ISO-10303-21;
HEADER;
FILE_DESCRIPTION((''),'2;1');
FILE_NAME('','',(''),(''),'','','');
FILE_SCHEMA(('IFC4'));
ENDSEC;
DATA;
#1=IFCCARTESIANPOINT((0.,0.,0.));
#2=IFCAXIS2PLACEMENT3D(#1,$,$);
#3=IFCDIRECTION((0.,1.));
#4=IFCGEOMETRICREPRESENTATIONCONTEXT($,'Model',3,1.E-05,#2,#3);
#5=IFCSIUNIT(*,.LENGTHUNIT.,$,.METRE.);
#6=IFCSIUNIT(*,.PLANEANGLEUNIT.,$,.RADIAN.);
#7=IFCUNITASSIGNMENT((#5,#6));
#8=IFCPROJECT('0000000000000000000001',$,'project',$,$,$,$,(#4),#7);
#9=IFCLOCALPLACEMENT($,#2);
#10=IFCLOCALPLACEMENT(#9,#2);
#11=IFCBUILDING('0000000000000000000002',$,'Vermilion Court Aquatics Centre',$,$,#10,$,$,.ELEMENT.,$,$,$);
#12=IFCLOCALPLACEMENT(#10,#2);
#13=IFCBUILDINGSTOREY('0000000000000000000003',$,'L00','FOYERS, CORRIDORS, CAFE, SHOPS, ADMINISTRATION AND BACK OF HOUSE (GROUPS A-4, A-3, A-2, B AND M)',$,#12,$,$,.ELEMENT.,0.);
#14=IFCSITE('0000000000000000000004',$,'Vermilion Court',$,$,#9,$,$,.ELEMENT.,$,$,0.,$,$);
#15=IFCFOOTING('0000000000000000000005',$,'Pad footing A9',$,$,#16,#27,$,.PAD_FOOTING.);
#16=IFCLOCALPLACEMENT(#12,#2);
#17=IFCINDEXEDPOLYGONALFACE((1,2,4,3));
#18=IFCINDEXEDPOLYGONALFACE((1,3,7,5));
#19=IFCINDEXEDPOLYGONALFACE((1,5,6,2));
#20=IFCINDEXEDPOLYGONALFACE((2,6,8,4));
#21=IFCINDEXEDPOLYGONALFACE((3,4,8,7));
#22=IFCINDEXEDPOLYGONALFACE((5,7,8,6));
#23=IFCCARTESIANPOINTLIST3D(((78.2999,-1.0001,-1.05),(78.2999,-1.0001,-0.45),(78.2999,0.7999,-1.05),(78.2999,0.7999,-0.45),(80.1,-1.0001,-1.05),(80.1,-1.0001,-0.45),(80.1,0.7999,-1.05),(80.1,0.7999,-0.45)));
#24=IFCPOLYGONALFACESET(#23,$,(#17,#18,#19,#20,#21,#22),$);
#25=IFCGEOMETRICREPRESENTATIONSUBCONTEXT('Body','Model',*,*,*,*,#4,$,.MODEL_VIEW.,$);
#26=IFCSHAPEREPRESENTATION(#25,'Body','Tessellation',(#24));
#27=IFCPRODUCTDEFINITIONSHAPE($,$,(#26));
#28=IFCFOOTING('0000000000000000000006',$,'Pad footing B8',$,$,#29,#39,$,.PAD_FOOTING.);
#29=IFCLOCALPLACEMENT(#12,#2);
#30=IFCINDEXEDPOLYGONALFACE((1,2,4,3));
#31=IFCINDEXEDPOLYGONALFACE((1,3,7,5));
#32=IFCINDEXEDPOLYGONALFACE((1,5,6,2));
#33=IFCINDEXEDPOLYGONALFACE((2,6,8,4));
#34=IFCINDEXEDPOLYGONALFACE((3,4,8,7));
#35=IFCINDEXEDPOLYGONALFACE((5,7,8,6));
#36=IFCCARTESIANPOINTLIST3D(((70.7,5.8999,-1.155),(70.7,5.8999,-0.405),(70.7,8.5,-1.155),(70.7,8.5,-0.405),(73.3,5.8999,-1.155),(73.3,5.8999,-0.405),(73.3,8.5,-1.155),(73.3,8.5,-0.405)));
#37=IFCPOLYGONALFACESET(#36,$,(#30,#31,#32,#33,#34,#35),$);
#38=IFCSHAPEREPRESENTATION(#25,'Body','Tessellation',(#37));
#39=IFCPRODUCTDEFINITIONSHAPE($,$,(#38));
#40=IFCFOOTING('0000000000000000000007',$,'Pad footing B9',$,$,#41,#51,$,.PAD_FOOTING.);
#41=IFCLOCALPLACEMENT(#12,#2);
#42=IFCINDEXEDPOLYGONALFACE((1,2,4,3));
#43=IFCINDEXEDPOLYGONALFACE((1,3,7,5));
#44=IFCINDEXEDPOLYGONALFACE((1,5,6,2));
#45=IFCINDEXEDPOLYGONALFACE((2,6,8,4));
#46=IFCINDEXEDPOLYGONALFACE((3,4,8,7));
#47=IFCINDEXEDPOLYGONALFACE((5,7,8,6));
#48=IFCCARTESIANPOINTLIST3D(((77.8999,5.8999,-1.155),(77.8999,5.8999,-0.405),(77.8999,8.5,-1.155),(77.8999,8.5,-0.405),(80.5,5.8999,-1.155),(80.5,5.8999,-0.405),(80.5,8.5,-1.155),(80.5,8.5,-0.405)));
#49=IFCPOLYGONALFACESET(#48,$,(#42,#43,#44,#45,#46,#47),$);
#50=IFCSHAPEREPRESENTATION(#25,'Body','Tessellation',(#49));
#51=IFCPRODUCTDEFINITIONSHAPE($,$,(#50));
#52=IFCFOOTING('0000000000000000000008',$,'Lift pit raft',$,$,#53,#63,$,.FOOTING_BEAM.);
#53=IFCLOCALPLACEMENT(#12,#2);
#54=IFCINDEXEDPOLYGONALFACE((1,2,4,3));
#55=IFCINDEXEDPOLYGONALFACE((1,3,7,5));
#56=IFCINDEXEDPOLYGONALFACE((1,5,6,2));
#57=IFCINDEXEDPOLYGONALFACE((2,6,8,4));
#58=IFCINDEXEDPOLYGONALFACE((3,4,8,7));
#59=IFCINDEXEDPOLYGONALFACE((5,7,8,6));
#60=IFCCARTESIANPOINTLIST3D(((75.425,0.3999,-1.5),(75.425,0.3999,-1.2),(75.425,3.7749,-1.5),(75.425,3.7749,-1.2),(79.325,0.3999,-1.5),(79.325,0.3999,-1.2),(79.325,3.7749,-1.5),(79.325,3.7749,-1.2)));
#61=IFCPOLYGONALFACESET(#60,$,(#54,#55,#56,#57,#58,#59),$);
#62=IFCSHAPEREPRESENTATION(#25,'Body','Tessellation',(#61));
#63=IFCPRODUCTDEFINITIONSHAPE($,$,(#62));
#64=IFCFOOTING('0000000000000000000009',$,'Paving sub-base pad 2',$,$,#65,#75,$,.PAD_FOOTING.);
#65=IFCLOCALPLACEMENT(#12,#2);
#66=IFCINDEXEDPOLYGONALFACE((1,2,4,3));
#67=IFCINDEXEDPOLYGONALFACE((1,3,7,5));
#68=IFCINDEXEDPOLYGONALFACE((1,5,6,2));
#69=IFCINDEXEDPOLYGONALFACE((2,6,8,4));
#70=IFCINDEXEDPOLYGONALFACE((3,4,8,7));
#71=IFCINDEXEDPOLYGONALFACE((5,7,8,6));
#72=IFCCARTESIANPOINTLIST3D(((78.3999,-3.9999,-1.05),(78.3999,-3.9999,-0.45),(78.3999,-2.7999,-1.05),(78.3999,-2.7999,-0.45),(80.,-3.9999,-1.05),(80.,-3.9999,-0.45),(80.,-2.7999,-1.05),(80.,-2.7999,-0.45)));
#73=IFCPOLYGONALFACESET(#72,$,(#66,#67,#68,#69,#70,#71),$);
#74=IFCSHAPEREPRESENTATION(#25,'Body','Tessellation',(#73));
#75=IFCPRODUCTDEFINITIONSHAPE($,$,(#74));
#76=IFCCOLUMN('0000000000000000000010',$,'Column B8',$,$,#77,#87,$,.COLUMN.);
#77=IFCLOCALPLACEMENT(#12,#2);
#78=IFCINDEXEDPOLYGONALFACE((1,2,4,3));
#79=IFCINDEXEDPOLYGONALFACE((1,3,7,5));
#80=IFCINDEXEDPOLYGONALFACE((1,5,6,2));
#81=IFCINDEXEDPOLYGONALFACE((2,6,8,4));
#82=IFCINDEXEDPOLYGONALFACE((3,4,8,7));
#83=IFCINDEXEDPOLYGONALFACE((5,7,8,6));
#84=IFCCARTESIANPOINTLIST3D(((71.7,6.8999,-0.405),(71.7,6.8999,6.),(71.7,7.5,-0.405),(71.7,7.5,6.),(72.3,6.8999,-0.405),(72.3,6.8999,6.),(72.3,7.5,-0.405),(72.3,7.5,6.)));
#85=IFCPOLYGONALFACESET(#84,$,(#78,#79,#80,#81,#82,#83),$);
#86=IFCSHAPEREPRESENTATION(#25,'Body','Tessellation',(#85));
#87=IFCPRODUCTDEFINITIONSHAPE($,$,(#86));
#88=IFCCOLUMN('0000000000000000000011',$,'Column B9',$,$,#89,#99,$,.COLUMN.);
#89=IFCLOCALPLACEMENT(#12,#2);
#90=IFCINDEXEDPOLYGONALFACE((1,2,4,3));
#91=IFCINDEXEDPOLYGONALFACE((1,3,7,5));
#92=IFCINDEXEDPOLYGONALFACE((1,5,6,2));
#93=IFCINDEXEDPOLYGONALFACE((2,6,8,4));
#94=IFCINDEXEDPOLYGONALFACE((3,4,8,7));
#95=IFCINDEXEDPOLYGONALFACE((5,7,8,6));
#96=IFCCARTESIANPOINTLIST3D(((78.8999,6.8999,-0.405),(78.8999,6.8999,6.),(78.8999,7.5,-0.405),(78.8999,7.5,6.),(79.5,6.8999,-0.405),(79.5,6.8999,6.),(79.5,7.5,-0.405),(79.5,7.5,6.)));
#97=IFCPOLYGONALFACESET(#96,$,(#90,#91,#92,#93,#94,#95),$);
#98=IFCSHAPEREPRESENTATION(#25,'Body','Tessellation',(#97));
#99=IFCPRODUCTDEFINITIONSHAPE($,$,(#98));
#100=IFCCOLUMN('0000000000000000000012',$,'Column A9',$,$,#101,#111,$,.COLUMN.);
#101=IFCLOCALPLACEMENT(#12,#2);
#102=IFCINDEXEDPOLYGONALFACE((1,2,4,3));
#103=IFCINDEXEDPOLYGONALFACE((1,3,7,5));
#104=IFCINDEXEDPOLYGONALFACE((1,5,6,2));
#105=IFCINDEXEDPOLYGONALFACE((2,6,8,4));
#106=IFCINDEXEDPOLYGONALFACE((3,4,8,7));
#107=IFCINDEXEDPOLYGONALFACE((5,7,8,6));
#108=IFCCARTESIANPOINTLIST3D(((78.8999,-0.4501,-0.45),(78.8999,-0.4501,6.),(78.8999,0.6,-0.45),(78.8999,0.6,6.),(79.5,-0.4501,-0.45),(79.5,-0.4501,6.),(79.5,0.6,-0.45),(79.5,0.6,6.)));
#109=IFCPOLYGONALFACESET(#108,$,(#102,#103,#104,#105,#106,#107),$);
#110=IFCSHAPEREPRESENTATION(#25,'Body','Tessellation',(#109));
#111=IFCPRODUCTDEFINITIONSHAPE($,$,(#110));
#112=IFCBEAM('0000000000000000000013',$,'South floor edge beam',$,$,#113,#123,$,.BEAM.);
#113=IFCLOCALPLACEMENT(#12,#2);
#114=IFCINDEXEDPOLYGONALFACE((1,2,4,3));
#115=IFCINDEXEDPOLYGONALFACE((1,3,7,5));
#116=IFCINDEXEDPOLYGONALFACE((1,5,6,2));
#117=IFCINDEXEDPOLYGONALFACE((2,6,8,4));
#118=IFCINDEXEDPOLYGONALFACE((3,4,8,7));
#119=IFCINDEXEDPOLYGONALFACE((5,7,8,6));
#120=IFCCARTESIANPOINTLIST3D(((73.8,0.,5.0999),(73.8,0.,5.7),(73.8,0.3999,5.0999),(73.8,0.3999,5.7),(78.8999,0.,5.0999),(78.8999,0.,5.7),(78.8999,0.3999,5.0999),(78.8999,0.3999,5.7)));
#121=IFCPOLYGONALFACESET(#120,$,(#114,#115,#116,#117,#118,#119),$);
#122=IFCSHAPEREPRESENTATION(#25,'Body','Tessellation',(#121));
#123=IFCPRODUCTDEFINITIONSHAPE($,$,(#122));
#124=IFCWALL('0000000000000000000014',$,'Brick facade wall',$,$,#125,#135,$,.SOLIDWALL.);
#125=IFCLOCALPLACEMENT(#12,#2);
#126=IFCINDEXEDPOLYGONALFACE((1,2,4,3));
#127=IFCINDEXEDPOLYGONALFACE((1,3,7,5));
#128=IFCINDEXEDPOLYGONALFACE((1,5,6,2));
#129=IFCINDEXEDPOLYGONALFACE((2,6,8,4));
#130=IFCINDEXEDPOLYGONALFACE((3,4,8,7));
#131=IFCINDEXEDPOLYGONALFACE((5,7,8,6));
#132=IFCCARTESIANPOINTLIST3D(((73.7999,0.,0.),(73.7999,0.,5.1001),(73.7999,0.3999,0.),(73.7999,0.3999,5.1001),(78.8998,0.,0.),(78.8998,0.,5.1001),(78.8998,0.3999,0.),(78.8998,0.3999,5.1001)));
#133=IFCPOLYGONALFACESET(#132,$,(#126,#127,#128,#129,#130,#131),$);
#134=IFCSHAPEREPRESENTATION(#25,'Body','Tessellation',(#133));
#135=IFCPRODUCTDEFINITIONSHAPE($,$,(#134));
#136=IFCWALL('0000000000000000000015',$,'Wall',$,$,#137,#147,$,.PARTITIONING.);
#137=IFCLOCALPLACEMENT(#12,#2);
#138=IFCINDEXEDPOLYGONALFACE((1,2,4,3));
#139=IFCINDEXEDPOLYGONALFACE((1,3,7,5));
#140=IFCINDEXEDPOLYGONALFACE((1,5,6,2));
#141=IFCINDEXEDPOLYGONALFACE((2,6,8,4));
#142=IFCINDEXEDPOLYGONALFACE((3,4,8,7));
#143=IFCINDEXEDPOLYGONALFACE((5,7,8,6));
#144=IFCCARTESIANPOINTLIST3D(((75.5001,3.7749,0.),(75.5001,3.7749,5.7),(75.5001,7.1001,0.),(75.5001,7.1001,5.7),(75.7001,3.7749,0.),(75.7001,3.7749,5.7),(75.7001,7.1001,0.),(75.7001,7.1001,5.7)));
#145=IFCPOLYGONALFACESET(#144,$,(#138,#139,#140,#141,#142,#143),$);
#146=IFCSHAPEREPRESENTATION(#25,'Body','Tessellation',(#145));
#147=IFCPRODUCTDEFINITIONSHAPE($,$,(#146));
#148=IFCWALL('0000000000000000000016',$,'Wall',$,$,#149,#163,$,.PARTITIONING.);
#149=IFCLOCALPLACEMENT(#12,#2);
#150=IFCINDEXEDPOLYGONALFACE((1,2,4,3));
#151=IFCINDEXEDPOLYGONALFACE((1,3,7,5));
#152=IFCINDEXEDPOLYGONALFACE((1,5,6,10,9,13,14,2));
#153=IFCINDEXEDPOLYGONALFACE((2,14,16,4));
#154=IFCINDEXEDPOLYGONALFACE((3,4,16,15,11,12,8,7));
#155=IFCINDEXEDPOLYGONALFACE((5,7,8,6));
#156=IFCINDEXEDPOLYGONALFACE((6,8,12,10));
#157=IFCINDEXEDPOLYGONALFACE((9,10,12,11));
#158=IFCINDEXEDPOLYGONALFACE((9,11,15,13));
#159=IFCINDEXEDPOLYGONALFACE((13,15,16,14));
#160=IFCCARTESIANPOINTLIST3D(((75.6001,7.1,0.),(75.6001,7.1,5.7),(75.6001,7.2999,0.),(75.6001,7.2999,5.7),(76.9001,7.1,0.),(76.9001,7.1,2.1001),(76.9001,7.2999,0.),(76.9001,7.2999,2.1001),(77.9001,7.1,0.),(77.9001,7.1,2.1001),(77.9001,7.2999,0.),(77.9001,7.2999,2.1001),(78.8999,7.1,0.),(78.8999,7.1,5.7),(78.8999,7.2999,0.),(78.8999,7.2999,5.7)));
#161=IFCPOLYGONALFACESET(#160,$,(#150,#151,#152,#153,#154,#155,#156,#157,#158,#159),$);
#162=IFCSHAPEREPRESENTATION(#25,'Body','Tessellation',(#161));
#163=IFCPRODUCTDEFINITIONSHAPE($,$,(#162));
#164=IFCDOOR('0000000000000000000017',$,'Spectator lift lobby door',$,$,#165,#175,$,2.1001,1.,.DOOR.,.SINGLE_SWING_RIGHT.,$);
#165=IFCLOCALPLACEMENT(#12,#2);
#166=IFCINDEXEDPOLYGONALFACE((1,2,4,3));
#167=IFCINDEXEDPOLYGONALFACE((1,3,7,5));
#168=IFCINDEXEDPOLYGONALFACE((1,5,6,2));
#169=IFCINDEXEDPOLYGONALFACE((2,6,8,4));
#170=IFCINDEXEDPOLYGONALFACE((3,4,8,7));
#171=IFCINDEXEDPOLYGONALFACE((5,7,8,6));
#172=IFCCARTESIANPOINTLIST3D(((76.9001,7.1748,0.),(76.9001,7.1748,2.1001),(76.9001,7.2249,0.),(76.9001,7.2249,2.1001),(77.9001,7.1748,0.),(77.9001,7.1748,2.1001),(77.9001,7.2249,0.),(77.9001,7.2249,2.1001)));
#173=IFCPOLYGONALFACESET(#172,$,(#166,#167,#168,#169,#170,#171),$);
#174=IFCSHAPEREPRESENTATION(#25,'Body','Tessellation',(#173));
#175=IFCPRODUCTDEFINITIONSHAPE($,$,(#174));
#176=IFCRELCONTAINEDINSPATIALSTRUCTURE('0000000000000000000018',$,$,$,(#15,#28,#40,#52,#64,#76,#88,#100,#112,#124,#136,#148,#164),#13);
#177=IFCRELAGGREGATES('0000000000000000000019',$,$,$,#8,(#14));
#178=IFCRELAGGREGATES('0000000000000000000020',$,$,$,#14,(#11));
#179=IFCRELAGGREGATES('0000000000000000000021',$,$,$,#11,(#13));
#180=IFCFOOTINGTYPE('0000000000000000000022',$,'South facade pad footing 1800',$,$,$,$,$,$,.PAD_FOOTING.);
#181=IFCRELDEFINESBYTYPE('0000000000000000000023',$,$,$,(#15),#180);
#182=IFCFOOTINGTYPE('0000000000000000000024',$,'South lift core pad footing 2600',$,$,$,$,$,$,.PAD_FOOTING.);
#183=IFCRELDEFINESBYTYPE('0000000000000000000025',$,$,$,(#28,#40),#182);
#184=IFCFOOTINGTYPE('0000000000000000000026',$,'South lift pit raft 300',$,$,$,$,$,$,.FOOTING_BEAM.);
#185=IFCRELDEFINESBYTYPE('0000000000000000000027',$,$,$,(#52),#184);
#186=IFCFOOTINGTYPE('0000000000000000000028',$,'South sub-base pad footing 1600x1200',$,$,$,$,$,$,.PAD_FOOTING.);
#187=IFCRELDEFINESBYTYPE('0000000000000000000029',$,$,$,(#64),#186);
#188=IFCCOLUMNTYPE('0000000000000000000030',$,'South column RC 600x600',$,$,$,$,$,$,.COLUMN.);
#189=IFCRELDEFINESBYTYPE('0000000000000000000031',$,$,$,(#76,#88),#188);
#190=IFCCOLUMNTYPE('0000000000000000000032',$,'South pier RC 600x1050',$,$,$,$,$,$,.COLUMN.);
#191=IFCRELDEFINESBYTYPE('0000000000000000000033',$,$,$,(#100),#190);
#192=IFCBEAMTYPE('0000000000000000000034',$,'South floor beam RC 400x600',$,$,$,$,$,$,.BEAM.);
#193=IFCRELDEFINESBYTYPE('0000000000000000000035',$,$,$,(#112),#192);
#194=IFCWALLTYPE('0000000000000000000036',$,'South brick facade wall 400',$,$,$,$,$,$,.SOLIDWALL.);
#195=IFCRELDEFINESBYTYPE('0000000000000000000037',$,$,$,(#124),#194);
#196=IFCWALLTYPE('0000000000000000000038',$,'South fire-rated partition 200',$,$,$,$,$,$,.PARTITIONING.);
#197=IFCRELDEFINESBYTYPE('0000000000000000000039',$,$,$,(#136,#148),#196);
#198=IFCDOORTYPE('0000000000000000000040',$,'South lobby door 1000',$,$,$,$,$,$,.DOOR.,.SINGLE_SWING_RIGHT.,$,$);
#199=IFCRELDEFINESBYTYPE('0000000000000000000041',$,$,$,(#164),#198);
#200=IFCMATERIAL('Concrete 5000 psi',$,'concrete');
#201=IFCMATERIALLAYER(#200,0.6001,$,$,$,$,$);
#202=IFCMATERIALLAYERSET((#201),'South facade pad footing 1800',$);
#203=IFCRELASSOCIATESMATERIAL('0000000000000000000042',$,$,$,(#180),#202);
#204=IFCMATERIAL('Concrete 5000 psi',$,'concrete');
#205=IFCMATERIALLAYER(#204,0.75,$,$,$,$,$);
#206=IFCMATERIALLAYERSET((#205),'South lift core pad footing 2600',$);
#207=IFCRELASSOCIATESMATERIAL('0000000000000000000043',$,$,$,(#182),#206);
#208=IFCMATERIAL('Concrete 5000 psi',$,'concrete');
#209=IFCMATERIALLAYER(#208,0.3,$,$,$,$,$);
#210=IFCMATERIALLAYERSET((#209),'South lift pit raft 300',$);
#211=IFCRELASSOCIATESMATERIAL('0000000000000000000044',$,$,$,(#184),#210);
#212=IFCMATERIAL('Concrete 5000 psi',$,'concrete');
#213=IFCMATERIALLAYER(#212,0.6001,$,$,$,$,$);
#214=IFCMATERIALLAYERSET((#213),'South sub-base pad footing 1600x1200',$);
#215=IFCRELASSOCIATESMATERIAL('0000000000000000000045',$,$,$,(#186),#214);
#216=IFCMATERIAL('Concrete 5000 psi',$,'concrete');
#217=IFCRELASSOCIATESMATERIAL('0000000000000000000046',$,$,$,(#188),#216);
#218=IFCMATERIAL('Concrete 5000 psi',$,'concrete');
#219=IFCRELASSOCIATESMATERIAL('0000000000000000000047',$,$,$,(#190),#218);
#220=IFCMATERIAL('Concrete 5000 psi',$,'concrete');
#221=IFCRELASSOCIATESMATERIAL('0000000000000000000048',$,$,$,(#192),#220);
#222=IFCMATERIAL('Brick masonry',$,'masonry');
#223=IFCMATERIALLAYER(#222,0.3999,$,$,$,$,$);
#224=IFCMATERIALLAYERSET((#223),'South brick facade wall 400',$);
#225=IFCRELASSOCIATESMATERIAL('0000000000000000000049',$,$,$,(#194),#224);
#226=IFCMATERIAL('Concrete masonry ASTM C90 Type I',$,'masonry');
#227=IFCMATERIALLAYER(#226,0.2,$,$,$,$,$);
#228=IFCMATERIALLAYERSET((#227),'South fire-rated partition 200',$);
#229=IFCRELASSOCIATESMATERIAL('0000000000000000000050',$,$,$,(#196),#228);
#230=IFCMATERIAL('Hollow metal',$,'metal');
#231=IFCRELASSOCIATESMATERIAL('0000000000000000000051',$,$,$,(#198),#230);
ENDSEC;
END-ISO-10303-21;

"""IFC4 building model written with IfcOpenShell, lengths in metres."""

from ifc_helpers import new_model, si_unit, direction, frame, frame_2d, origin, origin_2d, place, context, subcontext, project, spatial, rectangle, extrude, material, layer, layer_set, material_profile, profile_set, type_object, element, fill, save


model = new_model("IFC4")

# Units and contexts
model_context = context("Model", 3, precision=1e-05, world=origin(), true_north=direction((0.0, 1.0)))
body_context = subcontext(model_context, "Body", "Model", "MODEL_VIEW")
ifc_project = project(units=[si_unit("LENGTHUNIT", "METRE"), si_unit("PLANEANGLEUNIT", "RADIAN")], contexts=[model_context])

# Site, building, storey
site_placement = place(None, origin())
site = spatial("IfcSite", under=ifc_project, at=site_placement, Name="Vermilion Court", CompositionType="ELEMENT", RefElevation=0.0)
building_placement = place(site_placement, origin())
building = spatial("IfcBuilding", under=site, at=building_placement, Name="Vermilion Court Aquatics Centre", CompositionType="ELEMENT")
storey_placement = place(building_placement, origin())
storey = spatial("IfcBuildingStorey", under=building, at=storey_placement, Name="L00", Description="FOYERS, CORRIDORS, CAFE, SHOPS, ADMINISTRATION AND BACK OF HOUSE (GROUPS A-4, A-3, A-2, B AND M)", CompositionType="ELEMENT", Elevation=0.0)

# Footings
ifc_material_1 = material(Name="Concrete 5000 psi", Category="concrete")
ifc_layer_1 = layer(ifc_material_1, 0.6001)
ifc_layer_set_1 = layer_set([ifc_layer_1], Name="South facade pad footing 1800")
footing_type_1 = type_object("IfcFootingType", Name="South facade pad footing 1800", PredefinedType="PAD_FOOTING", material=ifc_layer_set_1)
footing_1_placement = place(storey_placement, frame((79.2, -0.1001, -1.05), z_axis=(0.0, 0.0, 1.0), x_axis=(1.0, 0.0, 0.0)))
element("IfcFooting", 1, at=footing_1_placement, inside=storey, type_object=footing_type_1, Name="Pad footing A9", PredefinedType="PAD_FOOTING", context=body_context, shape_type="SweptSolid", body=[
    extrude(rectangle(XDim=1.8, YDim=1.8, at=origin_2d()), origin(), (0.0, 0.0, 1.0), 0.6001),
])
ifc_material_2 = material(Name="Concrete 5000 psi", Category="concrete")
ifc_layer_2 = layer(ifc_material_2, 0.75)
ifc_layer_set_2 = layer_set([ifc_layer_2], Name="South lift core pad footing 2600")
footing_type_2 = type_object("IfcFootingType", Name="South lift core pad footing 2600", PredefinedType="PAD_FOOTING", material=ifc_layer_set_2)
for number, where, z_axis, x_axis, name in (
    (2, (72.0, 7.2, -1.155), (0.0, 0.0, 1.0), (1.0, 0.0, 0.0), "Pad footing B8"),
    (3, (79.2, 7.2, -1.155), (0.0, 0.0, 1.0), (1.0, 0.0, 0.0), "Pad footing B9"),
):
    element("IfcFooting", number, at=place(storey_placement, frame(where, z_axis=z_axis, x_axis=x_axis)), inside=storey, type_object=footing_type_2, Name=name, PredefinedType="PAD_FOOTING", context=body_context, shape_type="SweptSolid", body=[
        extrude(rectangle(XDim=2.6001, YDim=2.6001, at=origin_2d()), origin(), (0.0, 0.0, 1.0), 0.75),
    ])
ifc_material_3 = material(Name="Concrete 5000 psi", Category="concrete")
ifc_layer_3 = layer(ifc_material_3, 0.3)
ifc_layer_set_3 = layer_set([ifc_layer_3], Name="South lift pit raft 300")
footing_type_3 = type_object("IfcFootingType", Name="South lift pit raft 300", PredefinedType="FOOTING_BEAM", material=ifc_layer_set_3)
footing_2_placement = place(storey_placement, frame((77.375, 2.0874, -1.5), z_axis=(0.0, 0.0, 1.0), x_axis=(1.0, 0.0, 0.0)))
element("IfcFooting", 4, at=footing_2_placement, inside=storey, type_object=footing_type_3, Name="Lift pit raft", PredefinedType="FOOTING_BEAM", context=body_context, shape_type="SweptSolid", body=[
    extrude(rectangle(XDim=3.8999, YDim=3.375, at=origin_2d()), origin(), (0.0, 0.0, 1.0), 0.3),
])
ifc_material_4 = material(Name="Concrete 5000 psi", Category="concrete")
ifc_layer_4 = layer(ifc_material_4, 0.6001)
ifc_layer_set_4 = layer_set([ifc_layer_4], Name="South sub-base pad footing 1600x1200")
footing_type_4 = type_object("IfcFootingType", Name="South sub-base pad footing 1600x1200", PredefinedType="PAD_FOOTING", material=ifc_layer_set_4)
footing_3_placement = place(storey_placement, frame((79.2, -3.3999, -1.05), z_axis=(0.0, 0.0, 1.0), x_axis=(1.0, 0.0, 0.0)))
element("IfcFooting", 5, at=footing_3_placement, inside=storey, type_object=footing_type_4, Name="Paving sub-base pad 2", PredefinedType="PAD_FOOTING", context=body_context, shape_type="SweptSolid", body=[
    extrude(rectangle(XDim=1.6001, YDim=1.2, at=origin_2d()), origin(), (0.0, 0.0, 1.0), 0.6001),
])

# Columns
ifc_material_5 = material(Name="Concrete 5000 psi", Category="concrete")
ifc_material_profile_1 = material_profile(ifc_material_5, rectangle(XDim=0.6001, YDim=0.6001, at=origin_2d()), Name="RC 600x600")
ifc_profile_set_1 = profile_set([ifc_material_profile_1], Name="Concrete 5000 psi")
column_type_1 = type_object("IfcColumnType", Name="South column RC 600x600", PredefinedType="COLUMN", material=ifc_profile_set_1)
for number, where, z_axis, x_axis, name in (
    (6, (72.0, 7.2, -0.405), (0.0, 0.0, 1.0), (1.0, 0.0, 0.0), "Column B8"),
    (7, (79.2, 7.2, -0.405), (0.0, 0.0, 1.0), (1.0, 0.0, 0.0), "Column B9"),
):
    element("IfcColumn", number, at=place(storey_placement, frame(where, z_axis=z_axis, x_axis=x_axis)), inside=storey, type_object=column_type_1, Name=name, PredefinedType="COLUMN", context=body_context, shape_type="SweptSolid", body=[
        extrude(rectangle(XDim=0.6001, YDim=0.6001, at=origin_2d()), origin(), (0.0, 0.0, 1.0), 6.405),
    ])
ifc_material_6 = material(Name="Concrete 5000 psi", Category="concrete")
ifc_material_profile_2 = material_profile(ifc_material_6, rectangle(XDim=0.6001, YDim=1.05, at=origin_2d()), Name="RC 600x1050")
ifc_profile_set_2 = profile_set([ifc_material_profile_2], Name="Concrete 5000 psi")
column_type_2 = type_object("IfcColumnType", Name="South pier RC 600x1050", PredefinedType="COLUMN", material=ifc_profile_set_2)
column_placement = place(storey_placement, frame((79.2, 0.075, -0.45), z_axis=(0.0, 0.0, 1.0), x_axis=(1.0, 0.0, 0.0)))
element("IfcColumn", 8, at=column_placement, inside=storey, type_object=column_type_2, Name="Column A9", PredefinedType="COLUMN", context=body_context, shape_type="SweptSolid", body=[
    extrude(rectangle(XDim=0.6001, YDim=1.05, at=origin_2d()), origin(), (0.0, 0.0, 1.0), 6.45),
])

# Beam
ifc_material_7 = material(Name="Concrete 5000 psi", Category="concrete")
ifc_material_profile_3 = material_profile(ifc_material_7, rectangle(XDim=0.3999, YDim=0.6001, at=origin_2d()), Name="RC 400x600")
ifc_profile_set_3 = profile_set([ifc_material_profile_3], Name="Concrete 5000 psi")
beam_type = type_object("IfcBeamType", Name="South floor beam RC 400x600", PredefinedType="BEAM", material=ifc_profile_set_3)
beam_placement = place(storey_placement, frame((73.8, 0.2, 5.3999), z_axis=(1.0, 0.0, 0.0), x_axis=(0.0, 1.0, 0.0)))
element("IfcBeam", 9, at=beam_placement, inside=storey, type_object=beam_type, Name="South floor edge beam", PredefinedType="BEAM", context=body_context, shape_type="SweptSolid", body=[
    extrude(rectangle(XDim=0.3999, YDim=0.6001, at=origin_2d()), origin(), (0.0, 0.0, 1.0), 5.0999),
])

# Walls
ifc_material_8 = material(Name="Brick masonry", Category="masonry")
ifc_layer_5 = layer(ifc_material_8, 0.3999)
ifc_layer_set_5 = layer_set([ifc_layer_5], Name="South brick facade wall 400")
wall_type_1 = type_object("IfcWallType", Name="South brick facade wall 400", PredefinedType="SOLIDWALL", material=ifc_layer_set_5)
wall_1_placement = place(storey_placement, frame((73.8, 0.2, 0.0), z_axis=(0.0, 0.0, 1.0), x_axis=(1.0, 0.0, 0.0)))
element("IfcWall", 10, at=wall_1_placement, inside=storey, type_object=wall_type_1, Name="Brick facade wall", PredefinedType="SOLIDWALL", context=body_context, shape_type="SweptSolid", body=[
    extrude(rectangle(XDim=5.0999, YDim=0.3999, at=frame_2d((2.5498, 0.0))), origin(), (0.0, 0.0, 1.0), 5.1001),
])
ifc_material_9 = material(Name="Concrete masonry ASTM C90 Type I", Category="masonry")
ifc_layer_6 = layer(ifc_material_9, 0.2)
ifc_layer_set_6 = layer_set([ifc_layer_6], Name="South fire-rated partition 200")
wall_type_2 = type_object("IfcWallType", Name="South fire-rated partition 200", PredefinedType="PARTITIONING", material=ifc_layer_set_6)
wall_2_placement = place(storey_placement, frame((75.6001, 3.7749, 0.0), z_axis=(0.0, 0.0, 1.0), x_axis=(0.0, 1.0, 0.0)))
element("IfcWall", 11, at=wall_2_placement, inside=storey, type_object=wall_type_2, Name="Wall", PredefinedType="PARTITIONING", context=body_context, shape_type="SweptSolid", body=[
    extrude(rectangle(XDim=3.3252, YDim=0.2, at=frame_2d((1.6626, 0.0))), origin(), (0.0, 0.0, 1.0), 5.7),
])

# Wall, opening, door
wall_3_placement = place(storey_placement, frame((75.6001, 7.2, 0.0), z_axis=(0.0, 0.0, 1.0), x_axis=(1.0, 0.0, 0.0)))
wall_3 = element("IfcWall", 12, at=wall_3_placement, inside=storey, type_object=wall_type_2, Name="Wall", PredefinedType="PARTITIONING", context=body_context, shape_type="SweptSolid", body=[
    extrude(rectangle(XDim=3.2998, YDim=0.2, at=frame_2d((1.6499, 0.0))), origin(), (0.0, 0.0, 1.0), 5.7),
])
opening_1_placement = place(wall_3_placement, frame((1.3, 0.0, 0.0)))
opening_1 = element("IfcOpeningElement", 13, at=opening_1_placement, cuts=wall_3, PredefinedType="OPENING", context=body_context, shape_type="SweptSolid", body=[
    extrude(rectangle(XDim=1.0, YDim=2.1001, at=frame_2d((0.5, 1.05))), frame((0.0, 0.1099, 0.0), z_axis=(0.0, -1.0, 0.0), x_axis=(1.0, 0.0, 0.0)), (0.0, 0.0, 1.0), 0.22),
])
ifc_material_10 = material(Name="Hollow metal", Category="metal")
door_type_1 = type_object("IfcDoorType", Name="South lobby door 1000", OperationType="SINGLE_SWING_RIGHT", PredefinedType="DOOR", material=ifc_material_10)
door_1_placement = place(opening_1_placement, origin())
door_1 = element("IfcDoor", 14, at=door_1_placement, inside=storey, type_object=door_type_1, Name="Spectator lift lobby door", OperationType="SINGLE_SWING_RIGHT", OverallHeight=2.1001, OverallWidth=1.0, PredefinedType="DOOR", context=body_context, shape_type="SweptSolid", body=[
    extrude(rectangle(XDim=1.0, YDim=2.1001, at=frame_2d((0.5, 1.05))), frame((0.0, 0.0249, 0.0), z_axis=(0.0, -1.0, 0.0), x_axis=(1.0, 0.0, 0.0)), (0.0, 0.0, 1.0), 0.05),
])
fill(opening_1, door_1)

save(model, "model.ifc")
